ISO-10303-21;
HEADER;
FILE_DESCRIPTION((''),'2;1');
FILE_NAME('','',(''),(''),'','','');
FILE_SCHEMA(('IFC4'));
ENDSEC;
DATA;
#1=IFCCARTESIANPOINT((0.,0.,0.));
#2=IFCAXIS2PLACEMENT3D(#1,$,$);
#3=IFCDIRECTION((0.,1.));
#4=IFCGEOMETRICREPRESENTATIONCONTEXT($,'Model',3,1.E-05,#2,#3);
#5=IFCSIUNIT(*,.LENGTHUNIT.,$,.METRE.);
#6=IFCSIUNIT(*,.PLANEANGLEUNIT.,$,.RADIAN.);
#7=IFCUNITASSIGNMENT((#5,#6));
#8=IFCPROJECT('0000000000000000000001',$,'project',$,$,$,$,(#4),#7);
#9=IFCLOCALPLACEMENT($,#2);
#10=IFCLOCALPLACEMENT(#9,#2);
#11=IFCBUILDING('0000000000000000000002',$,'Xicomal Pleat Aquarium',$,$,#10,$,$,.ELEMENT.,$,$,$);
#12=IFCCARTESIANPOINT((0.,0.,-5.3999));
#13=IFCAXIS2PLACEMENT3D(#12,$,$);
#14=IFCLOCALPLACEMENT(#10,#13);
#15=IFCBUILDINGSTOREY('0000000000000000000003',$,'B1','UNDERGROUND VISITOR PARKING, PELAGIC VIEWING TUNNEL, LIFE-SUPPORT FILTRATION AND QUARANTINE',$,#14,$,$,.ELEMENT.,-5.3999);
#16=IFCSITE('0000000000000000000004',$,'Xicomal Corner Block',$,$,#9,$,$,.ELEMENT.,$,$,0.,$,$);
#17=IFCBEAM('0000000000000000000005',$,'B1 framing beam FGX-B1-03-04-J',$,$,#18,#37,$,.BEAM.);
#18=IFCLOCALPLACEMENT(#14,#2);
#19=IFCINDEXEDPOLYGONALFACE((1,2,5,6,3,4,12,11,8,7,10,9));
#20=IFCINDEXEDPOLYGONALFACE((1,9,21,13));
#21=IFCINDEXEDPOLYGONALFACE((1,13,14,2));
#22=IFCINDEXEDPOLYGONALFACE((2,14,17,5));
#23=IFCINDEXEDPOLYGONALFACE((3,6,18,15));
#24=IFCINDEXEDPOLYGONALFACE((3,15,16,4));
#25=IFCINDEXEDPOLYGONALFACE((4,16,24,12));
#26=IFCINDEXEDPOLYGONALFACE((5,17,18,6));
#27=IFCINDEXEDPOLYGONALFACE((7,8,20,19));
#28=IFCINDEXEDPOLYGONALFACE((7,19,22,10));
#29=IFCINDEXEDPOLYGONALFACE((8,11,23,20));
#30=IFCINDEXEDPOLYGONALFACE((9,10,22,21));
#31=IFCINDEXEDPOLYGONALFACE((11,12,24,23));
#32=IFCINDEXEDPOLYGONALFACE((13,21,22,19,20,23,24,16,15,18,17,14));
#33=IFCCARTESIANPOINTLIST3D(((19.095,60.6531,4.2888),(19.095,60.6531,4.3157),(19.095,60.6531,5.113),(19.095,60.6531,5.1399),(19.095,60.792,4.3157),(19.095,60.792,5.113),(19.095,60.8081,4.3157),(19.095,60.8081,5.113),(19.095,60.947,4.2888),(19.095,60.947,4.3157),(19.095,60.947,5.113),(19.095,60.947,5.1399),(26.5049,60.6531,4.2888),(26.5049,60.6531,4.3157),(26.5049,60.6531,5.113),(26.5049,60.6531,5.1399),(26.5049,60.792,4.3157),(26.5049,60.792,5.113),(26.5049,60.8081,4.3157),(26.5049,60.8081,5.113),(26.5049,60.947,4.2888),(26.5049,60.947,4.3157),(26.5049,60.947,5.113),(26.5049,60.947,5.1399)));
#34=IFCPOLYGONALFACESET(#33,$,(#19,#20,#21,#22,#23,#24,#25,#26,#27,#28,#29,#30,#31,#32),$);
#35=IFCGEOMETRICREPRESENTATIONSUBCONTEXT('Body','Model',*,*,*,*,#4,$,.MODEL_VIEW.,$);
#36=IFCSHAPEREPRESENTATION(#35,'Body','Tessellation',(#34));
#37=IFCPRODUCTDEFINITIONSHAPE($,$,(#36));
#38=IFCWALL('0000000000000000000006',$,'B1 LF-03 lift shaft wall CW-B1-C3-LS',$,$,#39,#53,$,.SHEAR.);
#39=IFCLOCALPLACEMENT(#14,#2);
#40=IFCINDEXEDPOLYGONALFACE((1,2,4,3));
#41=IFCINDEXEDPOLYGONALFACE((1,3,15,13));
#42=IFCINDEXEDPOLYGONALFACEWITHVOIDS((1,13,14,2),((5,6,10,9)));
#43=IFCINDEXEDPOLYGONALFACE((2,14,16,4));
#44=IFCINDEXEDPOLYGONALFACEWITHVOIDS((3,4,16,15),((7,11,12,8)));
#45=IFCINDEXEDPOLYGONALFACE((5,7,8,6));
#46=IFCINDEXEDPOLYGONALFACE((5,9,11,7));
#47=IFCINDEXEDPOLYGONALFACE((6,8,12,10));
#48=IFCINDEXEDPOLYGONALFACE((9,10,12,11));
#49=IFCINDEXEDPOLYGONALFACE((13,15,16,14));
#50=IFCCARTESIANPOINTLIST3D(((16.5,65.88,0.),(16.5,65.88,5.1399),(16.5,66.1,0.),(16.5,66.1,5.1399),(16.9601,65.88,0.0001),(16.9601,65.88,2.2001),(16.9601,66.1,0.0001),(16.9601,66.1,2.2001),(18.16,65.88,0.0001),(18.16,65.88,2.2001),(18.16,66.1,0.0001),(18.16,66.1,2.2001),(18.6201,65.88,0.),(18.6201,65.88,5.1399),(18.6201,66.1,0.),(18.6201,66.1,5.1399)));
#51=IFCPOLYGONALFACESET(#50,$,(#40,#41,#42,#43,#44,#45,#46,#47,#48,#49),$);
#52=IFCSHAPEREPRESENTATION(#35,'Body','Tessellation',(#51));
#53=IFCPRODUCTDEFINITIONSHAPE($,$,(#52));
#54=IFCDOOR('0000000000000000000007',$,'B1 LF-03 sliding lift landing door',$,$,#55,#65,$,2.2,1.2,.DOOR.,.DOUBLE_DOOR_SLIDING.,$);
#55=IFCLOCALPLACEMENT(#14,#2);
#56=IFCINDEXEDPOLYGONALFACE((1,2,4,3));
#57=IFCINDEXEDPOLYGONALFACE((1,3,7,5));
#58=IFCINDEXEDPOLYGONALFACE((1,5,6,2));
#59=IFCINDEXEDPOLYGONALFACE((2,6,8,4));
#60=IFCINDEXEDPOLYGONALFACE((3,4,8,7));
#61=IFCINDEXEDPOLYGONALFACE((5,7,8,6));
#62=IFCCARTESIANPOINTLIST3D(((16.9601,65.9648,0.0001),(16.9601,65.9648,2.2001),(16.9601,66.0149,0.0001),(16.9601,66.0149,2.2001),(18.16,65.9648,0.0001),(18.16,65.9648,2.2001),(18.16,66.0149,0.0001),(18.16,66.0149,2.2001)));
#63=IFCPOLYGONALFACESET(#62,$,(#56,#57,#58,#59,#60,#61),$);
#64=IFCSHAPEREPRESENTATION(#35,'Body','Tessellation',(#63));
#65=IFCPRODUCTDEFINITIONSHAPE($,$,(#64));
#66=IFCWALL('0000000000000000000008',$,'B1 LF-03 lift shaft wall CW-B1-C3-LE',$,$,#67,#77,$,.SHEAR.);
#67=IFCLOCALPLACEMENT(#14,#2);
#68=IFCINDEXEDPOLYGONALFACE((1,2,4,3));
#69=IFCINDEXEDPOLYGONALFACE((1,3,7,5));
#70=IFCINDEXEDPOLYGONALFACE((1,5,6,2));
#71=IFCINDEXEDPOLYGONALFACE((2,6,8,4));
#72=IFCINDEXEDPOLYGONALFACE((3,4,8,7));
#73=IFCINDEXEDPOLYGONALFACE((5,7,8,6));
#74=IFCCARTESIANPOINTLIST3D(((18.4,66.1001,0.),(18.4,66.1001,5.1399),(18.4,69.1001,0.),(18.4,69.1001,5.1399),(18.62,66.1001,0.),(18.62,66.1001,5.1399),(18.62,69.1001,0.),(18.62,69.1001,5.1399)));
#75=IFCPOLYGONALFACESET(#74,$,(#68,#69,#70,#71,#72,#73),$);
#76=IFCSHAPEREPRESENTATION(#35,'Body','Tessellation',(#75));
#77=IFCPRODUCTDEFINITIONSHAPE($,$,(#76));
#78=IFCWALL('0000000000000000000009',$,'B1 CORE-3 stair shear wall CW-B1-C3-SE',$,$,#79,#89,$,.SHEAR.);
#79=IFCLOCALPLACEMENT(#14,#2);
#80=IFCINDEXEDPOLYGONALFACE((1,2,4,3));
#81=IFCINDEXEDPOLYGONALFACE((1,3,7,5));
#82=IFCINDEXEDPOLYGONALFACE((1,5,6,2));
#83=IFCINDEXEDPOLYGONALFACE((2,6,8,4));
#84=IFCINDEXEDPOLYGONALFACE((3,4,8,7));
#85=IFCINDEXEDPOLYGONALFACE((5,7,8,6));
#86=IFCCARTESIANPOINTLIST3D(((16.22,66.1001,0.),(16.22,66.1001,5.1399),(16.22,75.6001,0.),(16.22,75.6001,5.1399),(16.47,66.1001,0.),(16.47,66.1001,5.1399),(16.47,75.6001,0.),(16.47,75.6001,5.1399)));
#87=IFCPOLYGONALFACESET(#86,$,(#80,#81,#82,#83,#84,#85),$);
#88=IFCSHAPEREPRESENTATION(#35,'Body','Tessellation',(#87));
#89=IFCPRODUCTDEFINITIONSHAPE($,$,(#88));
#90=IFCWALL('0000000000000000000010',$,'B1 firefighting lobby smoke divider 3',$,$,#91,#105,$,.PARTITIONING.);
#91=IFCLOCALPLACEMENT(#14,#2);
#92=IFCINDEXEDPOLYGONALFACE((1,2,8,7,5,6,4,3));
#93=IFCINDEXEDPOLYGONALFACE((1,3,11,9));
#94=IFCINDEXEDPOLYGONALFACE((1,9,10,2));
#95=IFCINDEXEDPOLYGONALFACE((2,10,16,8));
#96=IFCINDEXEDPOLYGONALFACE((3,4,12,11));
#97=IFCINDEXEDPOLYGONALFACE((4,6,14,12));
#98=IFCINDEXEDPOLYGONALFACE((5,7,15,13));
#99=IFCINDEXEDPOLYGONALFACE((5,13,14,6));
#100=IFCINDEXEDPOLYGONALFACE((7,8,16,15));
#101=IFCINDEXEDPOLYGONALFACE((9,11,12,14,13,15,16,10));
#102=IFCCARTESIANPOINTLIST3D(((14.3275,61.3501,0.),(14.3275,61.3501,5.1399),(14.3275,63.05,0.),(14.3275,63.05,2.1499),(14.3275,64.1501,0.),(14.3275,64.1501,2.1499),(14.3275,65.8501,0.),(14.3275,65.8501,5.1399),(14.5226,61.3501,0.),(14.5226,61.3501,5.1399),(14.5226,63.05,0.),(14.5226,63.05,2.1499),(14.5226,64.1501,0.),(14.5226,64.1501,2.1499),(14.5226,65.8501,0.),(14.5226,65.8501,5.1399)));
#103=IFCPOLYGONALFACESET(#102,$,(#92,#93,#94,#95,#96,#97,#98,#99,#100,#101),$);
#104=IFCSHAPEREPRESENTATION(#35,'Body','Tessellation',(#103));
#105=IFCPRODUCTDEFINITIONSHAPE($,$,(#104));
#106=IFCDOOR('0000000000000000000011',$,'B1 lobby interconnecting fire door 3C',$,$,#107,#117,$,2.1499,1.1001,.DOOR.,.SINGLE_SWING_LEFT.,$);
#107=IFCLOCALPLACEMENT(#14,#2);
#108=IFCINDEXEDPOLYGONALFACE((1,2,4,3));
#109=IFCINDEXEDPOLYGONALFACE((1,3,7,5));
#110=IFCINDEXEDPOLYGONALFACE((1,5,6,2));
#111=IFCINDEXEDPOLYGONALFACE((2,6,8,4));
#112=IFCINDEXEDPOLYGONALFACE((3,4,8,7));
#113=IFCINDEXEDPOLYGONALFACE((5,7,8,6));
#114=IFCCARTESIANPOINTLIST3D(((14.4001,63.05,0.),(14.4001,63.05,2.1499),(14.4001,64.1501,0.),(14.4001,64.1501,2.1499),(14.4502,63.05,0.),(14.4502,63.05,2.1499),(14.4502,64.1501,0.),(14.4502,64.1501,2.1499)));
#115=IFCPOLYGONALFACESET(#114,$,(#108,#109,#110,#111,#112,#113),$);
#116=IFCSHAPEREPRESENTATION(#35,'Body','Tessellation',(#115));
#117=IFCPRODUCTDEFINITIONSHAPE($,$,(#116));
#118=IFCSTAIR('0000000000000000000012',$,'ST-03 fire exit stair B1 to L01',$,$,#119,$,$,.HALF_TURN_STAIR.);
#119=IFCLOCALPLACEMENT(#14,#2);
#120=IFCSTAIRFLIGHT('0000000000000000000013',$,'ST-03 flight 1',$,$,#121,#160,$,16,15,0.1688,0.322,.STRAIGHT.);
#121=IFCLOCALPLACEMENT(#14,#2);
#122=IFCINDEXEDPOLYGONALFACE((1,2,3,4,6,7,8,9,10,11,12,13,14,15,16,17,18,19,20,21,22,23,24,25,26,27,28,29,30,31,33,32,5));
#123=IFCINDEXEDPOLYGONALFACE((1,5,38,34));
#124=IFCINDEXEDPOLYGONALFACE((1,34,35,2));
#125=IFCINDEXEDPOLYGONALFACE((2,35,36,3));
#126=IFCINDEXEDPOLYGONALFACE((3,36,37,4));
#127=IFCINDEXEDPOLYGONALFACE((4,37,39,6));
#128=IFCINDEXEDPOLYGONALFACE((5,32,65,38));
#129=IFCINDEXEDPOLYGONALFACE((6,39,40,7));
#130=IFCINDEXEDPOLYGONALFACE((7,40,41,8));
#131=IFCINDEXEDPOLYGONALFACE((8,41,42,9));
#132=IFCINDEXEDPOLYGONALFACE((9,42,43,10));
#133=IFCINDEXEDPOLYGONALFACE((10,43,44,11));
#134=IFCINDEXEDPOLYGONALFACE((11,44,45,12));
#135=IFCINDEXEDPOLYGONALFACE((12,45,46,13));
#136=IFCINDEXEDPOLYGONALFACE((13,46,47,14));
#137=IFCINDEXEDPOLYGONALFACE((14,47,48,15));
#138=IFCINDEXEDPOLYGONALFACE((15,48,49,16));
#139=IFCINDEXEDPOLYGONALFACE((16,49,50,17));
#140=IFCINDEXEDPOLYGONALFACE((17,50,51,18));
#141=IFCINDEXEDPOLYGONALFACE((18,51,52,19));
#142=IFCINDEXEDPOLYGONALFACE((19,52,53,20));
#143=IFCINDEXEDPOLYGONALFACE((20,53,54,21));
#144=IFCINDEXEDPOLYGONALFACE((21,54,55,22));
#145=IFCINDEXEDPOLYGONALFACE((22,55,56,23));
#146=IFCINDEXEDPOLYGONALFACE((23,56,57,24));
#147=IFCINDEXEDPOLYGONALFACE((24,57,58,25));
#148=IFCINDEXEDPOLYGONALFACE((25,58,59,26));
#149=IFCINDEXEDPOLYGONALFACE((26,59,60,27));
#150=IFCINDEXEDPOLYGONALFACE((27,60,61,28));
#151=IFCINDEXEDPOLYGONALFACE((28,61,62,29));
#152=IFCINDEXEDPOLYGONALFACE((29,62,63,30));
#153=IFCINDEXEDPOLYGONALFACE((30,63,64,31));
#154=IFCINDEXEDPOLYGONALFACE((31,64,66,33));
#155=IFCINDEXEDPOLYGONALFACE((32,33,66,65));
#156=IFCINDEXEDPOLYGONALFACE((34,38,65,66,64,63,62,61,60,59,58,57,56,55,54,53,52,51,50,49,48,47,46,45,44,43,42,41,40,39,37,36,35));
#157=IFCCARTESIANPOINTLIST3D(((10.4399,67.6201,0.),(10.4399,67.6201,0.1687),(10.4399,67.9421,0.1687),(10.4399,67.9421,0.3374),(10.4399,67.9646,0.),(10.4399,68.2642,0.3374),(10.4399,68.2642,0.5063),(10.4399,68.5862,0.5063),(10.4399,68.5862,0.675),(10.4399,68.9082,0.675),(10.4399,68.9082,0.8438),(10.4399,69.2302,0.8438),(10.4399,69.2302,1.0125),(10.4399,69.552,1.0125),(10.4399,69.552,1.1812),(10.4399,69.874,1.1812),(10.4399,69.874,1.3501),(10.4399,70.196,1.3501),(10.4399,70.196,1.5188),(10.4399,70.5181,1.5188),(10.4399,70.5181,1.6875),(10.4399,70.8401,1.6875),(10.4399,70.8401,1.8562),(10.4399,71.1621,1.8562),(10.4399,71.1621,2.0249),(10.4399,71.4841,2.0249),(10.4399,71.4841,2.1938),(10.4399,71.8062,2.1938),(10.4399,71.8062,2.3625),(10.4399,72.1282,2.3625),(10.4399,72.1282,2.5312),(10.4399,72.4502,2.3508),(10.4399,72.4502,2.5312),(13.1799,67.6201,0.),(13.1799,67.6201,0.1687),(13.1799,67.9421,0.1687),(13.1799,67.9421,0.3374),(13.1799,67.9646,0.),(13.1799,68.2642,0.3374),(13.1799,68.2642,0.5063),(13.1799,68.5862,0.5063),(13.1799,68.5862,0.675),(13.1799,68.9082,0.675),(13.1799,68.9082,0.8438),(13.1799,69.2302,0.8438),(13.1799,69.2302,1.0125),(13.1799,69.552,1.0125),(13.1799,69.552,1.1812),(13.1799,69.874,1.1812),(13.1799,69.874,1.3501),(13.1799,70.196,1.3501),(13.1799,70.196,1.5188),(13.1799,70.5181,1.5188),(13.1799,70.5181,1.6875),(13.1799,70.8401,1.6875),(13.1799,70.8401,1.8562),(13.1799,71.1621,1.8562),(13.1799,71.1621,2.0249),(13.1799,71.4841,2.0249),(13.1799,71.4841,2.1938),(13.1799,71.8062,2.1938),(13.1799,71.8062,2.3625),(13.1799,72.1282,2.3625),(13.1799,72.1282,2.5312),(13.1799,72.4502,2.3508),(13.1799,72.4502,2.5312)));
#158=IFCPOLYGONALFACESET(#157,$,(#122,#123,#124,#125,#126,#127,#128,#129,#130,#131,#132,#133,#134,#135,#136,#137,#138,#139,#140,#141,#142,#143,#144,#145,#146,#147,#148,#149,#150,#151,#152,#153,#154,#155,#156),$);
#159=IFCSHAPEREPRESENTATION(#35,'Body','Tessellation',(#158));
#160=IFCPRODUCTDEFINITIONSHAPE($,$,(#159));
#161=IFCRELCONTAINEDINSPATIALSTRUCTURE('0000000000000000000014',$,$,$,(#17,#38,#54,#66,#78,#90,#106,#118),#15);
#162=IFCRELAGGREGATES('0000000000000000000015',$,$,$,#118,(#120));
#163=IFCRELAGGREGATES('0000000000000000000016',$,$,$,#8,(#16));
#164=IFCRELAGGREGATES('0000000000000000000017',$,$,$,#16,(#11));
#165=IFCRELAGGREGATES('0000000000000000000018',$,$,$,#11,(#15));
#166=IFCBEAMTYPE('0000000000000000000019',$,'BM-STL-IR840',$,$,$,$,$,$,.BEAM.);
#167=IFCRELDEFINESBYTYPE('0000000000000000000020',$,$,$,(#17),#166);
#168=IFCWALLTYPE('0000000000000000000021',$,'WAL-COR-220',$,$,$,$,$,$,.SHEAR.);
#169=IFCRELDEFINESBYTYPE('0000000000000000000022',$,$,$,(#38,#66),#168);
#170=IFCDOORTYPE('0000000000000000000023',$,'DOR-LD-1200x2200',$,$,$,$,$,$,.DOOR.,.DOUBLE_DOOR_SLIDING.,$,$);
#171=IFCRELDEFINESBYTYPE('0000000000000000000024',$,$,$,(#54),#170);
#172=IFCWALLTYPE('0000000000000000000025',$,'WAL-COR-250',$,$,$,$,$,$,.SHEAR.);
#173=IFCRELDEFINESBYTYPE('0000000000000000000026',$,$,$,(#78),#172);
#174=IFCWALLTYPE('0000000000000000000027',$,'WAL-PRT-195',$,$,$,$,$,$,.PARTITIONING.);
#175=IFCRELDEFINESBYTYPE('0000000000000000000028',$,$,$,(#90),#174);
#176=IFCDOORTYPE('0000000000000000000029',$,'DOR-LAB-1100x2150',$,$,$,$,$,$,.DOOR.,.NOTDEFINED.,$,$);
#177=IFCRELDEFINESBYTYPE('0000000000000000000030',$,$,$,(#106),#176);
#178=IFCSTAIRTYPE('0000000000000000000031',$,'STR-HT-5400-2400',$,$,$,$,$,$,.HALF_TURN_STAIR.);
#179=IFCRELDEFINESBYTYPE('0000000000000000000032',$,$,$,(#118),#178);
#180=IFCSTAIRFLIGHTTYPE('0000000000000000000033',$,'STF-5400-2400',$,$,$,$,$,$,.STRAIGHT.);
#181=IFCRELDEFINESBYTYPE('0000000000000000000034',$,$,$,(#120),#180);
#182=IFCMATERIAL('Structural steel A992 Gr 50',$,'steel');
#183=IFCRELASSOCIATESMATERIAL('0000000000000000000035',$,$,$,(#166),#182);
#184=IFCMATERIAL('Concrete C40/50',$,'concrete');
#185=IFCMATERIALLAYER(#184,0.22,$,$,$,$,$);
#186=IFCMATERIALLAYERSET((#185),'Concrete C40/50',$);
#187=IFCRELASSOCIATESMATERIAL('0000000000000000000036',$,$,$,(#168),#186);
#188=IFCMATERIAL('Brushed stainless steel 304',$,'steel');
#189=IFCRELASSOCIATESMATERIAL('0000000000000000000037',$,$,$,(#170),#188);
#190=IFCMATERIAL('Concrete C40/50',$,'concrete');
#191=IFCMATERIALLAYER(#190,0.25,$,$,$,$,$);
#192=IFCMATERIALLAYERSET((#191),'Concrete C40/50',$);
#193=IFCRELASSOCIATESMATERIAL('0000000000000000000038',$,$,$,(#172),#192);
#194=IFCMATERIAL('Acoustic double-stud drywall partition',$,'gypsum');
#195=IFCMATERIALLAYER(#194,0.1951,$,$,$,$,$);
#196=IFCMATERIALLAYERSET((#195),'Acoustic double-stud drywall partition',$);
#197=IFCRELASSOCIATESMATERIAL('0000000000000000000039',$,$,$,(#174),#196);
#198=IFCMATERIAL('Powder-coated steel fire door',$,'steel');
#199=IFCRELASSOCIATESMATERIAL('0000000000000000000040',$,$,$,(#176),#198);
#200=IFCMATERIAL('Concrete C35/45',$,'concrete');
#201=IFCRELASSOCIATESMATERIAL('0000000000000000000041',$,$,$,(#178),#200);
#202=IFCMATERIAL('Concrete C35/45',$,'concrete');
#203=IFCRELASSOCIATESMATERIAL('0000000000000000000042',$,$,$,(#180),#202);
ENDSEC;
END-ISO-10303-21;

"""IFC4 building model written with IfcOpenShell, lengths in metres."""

from ifc_helpers import new_model, si_unit, direction, frame, frame_2d, origin, origin_2d, place, context, subcontext, project, spatial, polyline, rectangle, i_section, outline, extrude, material, layer, layer_set, material_profile, profile_set, type_object, element, fill, aggregate, save


model = new_model("IFC4")

# Units and contexts
model_context = context("Model", 3, precision=1e-05, world=origin(), true_north=direction((0.0, 1.0)))
body_context = subcontext(model_context, "Body", "Model", "MODEL_VIEW")
ifc_project = project(units=[si_unit("LENGTHUNIT", "METRE"), si_unit("PLANEANGLEUNIT", "RADIAN")], contexts=[model_context])

# Site, building, storey
site_placement = place(None, origin())
site = spatial("IfcSite", under=ifc_project, at=site_placement, Name="Xicomal Corner Block", CompositionType="ELEMENT", RefElevation=0.0)
building_placement = place(site_placement, origin())
building = spatial("IfcBuilding", under=site, at=building_placement, Name="Xicomal Pleat Aquarium", CompositionType="ELEMENT")
storey_placement = place(building_placement, frame((0.0, 0.0, -5.3999)))
storey = spatial("IfcBuildingStorey", under=building, at=storey_placement, Name="B1", Description="UNDERGROUND VISITOR PARKING, PELAGIC VIEWING TUNNEL, LIFE-SUPPORT FILTRATION AND QUARANTINE", CompositionType="ELEMENT", Elevation=-5.3999)

# Beam
ifc_material_1 = material(Name="Structural steel A992 Gr 50", Category="steel")
ifc_material_profile_1 = material_profile(ifc_material_1, i_section(OverallWidth=0.2939, OverallDepth=0.8511, WebThickness=0.0161, FlangeThickness=0.0269, at=origin_2d()), Name="IR 840x226")
ifc_profile_set_1 = profile_set([ifc_material_profile_1], Name="Structural steel A992 Gr 50")
beam_type_1 = type_object("IfcBeamType", Name="BM-STL-IR840", PredefinedType="BEAM", material=ifc_profile_set_1)
beam_1_placement = place(storey_placement, frame((19.095, 60.8, 4.7144), z_axis=(1.0, 0.0, 0.0), x_axis=(0.0, 1.0, 0.0)))
element("IfcBeam", 1, at=beam_1_placement, inside=storey, type_object=beam_type_1, Name="B1 framing beam FGX-B1-03-04-J", PredefinedType="BEAM", context=body_context, shape_type="SweptSolid", body=[
    extrude(i_section(OverallWidth=0.2939, OverallDepth=0.8511, WebThickness=0.0161, FlangeThickness=0.0269, at=origin_2d()), origin(), (0.0, 0.0, 1.0), 7.4099),
])

# Wall, opening, door
ifc_material_2 = material(Name="Concrete C40/50", Category="concrete")
ifc_layer_1 = layer(ifc_material_2, 0.22)
ifc_layer_set_1 = layer_set([ifc_layer_1], Name="Concrete C40/50")
wall_type_1 = type_object("IfcWallType", Name="WAL-COR-220", PredefinedType="SHEAR", material=ifc_layer_set_1)
wall_1_placement = place(storey_placement, frame((16.5, 65.99, 0.0), z_axis=(0.0, 0.0, 1.0), x_axis=(1.0, 0.0, 0.0)))
wall_1 = element("IfcWall", 2, at=wall_1_placement, inside=storey, type_object=wall_type_1, Name="B1 LF-03 lift shaft wall CW-B1-C3-LS", PredefinedType="SHEAR", context=body_context, shape_type="SweptSolid", body=[
    extrude(rectangle(XDim=2.1201, YDim=0.22, at=frame_2d((1.0601, 0.0))), origin(), (0.0, 0.0, 1.0), 5.1399),
])
opening_1_placement = place(wall_1_placement, frame((0.46, 0.0, 0.0)))
opening_1 = element("IfcOpeningElement", 3, at=opening_1_placement, cuts=wall_1, PredefinedType="OPENING", context=body_context, shape_type="SweptSolid", body=[
    extrude(rectangle(XDim=1.2, YDim=2.2, at=frame_2d((0.6001, 1.1001))), frame((0.0, 0.1199, 0.0), z_axis=(0.0, -1.0, 0.0), x_axis=(1.0, 0.0, 0.0)), (0.0, 0.0, 1.0), 0.24),
])
ifc_material_3 = material(Name="Brushed stainless steel 304", Category="steel")
door_type_1 = type_object("IfcDoorType", Name="DOR-LD-1200x2200", OperationType="DOUBLE_DOOR_SLIDING", PredefinedType="DOOR", material=ifc_material_3)
door_1_placement = place(opening_1_placement, origin())
door_1 = element("IfcDoor", 4, at=door_1_placement, inside=storey, type_object=door_type_1, Name="B1 LF-03 sliding lift landing door", OperationType="DOUBLE_DOOR_SLIDING", OverallHeight=2.2, OverallWidth=1.2, PredefinedType="DOOR", context=body_context, shape_type="SweptSolid", body=[
    extrude(rectangle(XDim=1.2, YDim=2.2, at=frame_2d((0.6001, 1.1001))), frame((0.0, 0.0249, 0.0), z_axis=(0.0, -1.0, 0.0), x_axis=(1.0, 0.0, 0.0)), (0.0, 0.0, 1.0), 0.05),
])
fill(opening_1, door_1)

# Walls
wall_2_placement = place(storey_placement, frame((18.51, 66.1001, 0.0), z_axis=(0.0, 0.0, 1.0), x_axis=(0.0, 1.0, 0.0)))
element("IfcWall", 5, at=wall_2_placement, inside=storey, type_object=wall_type_1, Name="B1 LF-03 lift shaft wall CW-B1-C3-LE", PredefinedType="SHEAR", context=body_context, shape_type="SweptSolid", body=[
    extrude(rectangle(XDim=3.0, YDim=0.22, at=frame_2d((1.5, 0.0))), origin(), (0.0, 0.0, 1.0), 5.1399),
])
ifc_material_4 = material(Name="Concrete C40/50", Category="concrete")
ifc_layer_2 = layer(ifc_material_4, 0.25)
ifc_layer_set_2 = layer_set([ifc_layer_2], Name="Concrete C40/50")
wall_type_2 = type_object("IfcWallType", Name="WAL-COR-250", PredefinedType="SHEAR", material=ifc_layer_set_2)
wall_3_placement = place(storey_placement, frame((16.345, 66.1001, 0.0), z_axis=(0.0, 0.0, 1.0), x_axis=(0.0, 1.0, 0.0)))
element("IfcWall", 6, at=wall_3_placement, inside=storey, type_object=wall_type_2, Name="B1 CORE-3 stair shear wall CW-B1-C3-SE", PredefinedType="SHEAR", context=body_context, shape_type="SweptSolid", body=[
    extrude(rectangle(XDim=9.5, YDim=0.25, at=frame_2d((4.75, 0.0))), origin(), (0.0, 0.0, 1.0), 5.1399),
])

# Wall, opening, door
ifc_material_5 = material(Name="Acoustic double-stud drywall partition", Category="gypsum")
ifc_layer_3 = layer(ifc_material_5, 0.1951)
ifc_layer_set_3 = layer_set([ifc_layer_3], Name="Acoustic double-stud drywall partition")
wall_type_3 = type_object("IfcWallType", Name="WAL-PRT-195", PredefinedType="PARTITIONING", material=ifc_layer_set_3)
wall_4_placement = place(storey_placement, frame((14.425, 61.3501, 0.0), z_axis=(0.0, 0.0, 1.0), x_axis=(0.0, 1.0, 0.0)))
wall_4 = element("IfcWall", 7, at=wall_4_placement, inside=storey, type_object=wall_type_3, Name="B1 firefighting lobby smoke divider 3", PredefinedType="PARTITIONING", context=body_context, shape_type="SweptSolid", body=[
    extrude(rectangle(XDim=4.5, YDim=0.1951, at=frame_2d((2.25, 0.0))), origin(), (0.0, 0.0, 1.0), 5.1399),
])
opening_2_placement = place(wall_4_placement, frame((1.7, 0.0, 0.0)))
opening_2 = element("IfcOpeningElement", 8, at=opening_2_placement, cuts=wall_4, PredefinedType="OPENING", context=body_context, shape_type="SweptSolid", body=[
    extrude(rectangle(XDim=1.1001, YDim=2.1499, at=frame_2d((0.55, 1.075))), frame((0.0, 0.1074, 0.0), z_axis=(0.0, -1.0, 0.0), x_axis=(1.0, 0.0, 0.0)), (0.0, 0.0, 1.0), 0.2151),
])
ifc_material_6 = material(Name="Powder-coated steel fire door", Category="steel")
door_type_2 = type_object("IfcDoorType", Name="DOR-LAB-1100x2150", OperationType="NOTDEFINED", PredefinedType="DOOR", material=ifc_material_6)
door_2_placement = place(opening_2_placement, origin())
door_2 = element("IfcDoor", 9, at=door_2_placement, inside=storey, type_object=door_type_2, Name="B1 lobby interconnecting fire door 3C", OperationType="SINGLE_SWING_LEFT", OverallHeight=2.1499, OverallWidth=1.1001, PredefinedType="DOOR", context=body_context, shape_type="SweptSolid", body=[
    extrude(rectangle(XDim=1.1001, YDim=2.1499, at=frame_2d((0.55, 1.075))), frame((0.0, 0.0249, 0.0), z_axis=(0.0, -1.0, 0.0), x_axis=(1.0, 0.0, 0.0)), (0.0, 0.0, 1.0), 0.05),
])
fill(opening_2, door_2)

# Stair, stair flight
ifc_material_7 = material(Name="Concrete C35/45", Category="concrete")
stair_type = type_object("IfcStairType", Name="STR-HT-5400-2400", PredefinedType="HALF_TURN_STAIR", material=ifc_material_7)
stair_placement = place(storey_placement, origin())
stair = element("IfcStair", 10, at=stair_placement, inside=storey, type_object=stair_type, Name="ST-03 fire exit stair B1 to L01", PredefinedType="HALF_TURN_STAIR")
ifc_material_8 = material(Name="Concrete C35/45", Category="concrete")
stair_flight_type = type_object("IfcStairFlightType", Name="STF-5400-2400", PredefinedType="STRAIGHT", material=ifc_material_8)
stair_flight_placement = place(storey_placement, frame((11.8101, 67.6201, 0.0), z_axis=(0.0, 0.0, 1.0), x_axis=(0.0, 1.0, 0.0)))
stair_flight = element("IfcStairFlight", 11, at=stair_flight_placement, type_object=stair_flight_type, Name="ST-03 flight 1", NumberOfRisers=16, NumberOfTreads=15, PredefinedType="STRAIGHT", RiserHeight=0.1688, TreadLength=0.322, context=body_context, shape_type="SweptSolid", body=[
    extrude(outline(polyline([(0.0, 0.0), (0.0, 0.1687), (0.322, 0.1687), (0.322, 0.3374), (0.644, 0.3374), (0.644, 0.5063), (0.9661, 0.5063), (0.9661, 0.675), (1.2881, 0.675), (1.2881, 0.8438), (1.6101, 0.8438), (1.6101, 1.0125), (1.9319, 1.0125), (1.9319, 1.1812), (2.2539, 1.1812), (2.2539, 1.3501), (2.5759, 1.3501), (2.5759, 1.5188), (2.8979, 1.5188), (2.8979, 1.6875), (3.22, 1.6875), (3.22, 1.8562), (3.542, 1.8562), (3.542, 2.0249), (3.864, 2.0249), (3.864, 2.1938), (4.186, 2.1938), (4.186, 2.3625), (4.5081, 2.3625), (4.5081, 2.5312), (4.8301, 2.5312), (4.8301, 2.7), (4.8301, 2.3508), (0.3445, 0.0), (0.0, 0.0)])), frame((0.0, 1.3701, 0.0), z_axis=(0.0, -1.0, 0.0), x_axis=(1.0, 0.0, 0.0)), (0.0, 0.0, 1.0), 2.74),
])
aggregate(stair, [stair_flight])

save(model, "model.ifc")
